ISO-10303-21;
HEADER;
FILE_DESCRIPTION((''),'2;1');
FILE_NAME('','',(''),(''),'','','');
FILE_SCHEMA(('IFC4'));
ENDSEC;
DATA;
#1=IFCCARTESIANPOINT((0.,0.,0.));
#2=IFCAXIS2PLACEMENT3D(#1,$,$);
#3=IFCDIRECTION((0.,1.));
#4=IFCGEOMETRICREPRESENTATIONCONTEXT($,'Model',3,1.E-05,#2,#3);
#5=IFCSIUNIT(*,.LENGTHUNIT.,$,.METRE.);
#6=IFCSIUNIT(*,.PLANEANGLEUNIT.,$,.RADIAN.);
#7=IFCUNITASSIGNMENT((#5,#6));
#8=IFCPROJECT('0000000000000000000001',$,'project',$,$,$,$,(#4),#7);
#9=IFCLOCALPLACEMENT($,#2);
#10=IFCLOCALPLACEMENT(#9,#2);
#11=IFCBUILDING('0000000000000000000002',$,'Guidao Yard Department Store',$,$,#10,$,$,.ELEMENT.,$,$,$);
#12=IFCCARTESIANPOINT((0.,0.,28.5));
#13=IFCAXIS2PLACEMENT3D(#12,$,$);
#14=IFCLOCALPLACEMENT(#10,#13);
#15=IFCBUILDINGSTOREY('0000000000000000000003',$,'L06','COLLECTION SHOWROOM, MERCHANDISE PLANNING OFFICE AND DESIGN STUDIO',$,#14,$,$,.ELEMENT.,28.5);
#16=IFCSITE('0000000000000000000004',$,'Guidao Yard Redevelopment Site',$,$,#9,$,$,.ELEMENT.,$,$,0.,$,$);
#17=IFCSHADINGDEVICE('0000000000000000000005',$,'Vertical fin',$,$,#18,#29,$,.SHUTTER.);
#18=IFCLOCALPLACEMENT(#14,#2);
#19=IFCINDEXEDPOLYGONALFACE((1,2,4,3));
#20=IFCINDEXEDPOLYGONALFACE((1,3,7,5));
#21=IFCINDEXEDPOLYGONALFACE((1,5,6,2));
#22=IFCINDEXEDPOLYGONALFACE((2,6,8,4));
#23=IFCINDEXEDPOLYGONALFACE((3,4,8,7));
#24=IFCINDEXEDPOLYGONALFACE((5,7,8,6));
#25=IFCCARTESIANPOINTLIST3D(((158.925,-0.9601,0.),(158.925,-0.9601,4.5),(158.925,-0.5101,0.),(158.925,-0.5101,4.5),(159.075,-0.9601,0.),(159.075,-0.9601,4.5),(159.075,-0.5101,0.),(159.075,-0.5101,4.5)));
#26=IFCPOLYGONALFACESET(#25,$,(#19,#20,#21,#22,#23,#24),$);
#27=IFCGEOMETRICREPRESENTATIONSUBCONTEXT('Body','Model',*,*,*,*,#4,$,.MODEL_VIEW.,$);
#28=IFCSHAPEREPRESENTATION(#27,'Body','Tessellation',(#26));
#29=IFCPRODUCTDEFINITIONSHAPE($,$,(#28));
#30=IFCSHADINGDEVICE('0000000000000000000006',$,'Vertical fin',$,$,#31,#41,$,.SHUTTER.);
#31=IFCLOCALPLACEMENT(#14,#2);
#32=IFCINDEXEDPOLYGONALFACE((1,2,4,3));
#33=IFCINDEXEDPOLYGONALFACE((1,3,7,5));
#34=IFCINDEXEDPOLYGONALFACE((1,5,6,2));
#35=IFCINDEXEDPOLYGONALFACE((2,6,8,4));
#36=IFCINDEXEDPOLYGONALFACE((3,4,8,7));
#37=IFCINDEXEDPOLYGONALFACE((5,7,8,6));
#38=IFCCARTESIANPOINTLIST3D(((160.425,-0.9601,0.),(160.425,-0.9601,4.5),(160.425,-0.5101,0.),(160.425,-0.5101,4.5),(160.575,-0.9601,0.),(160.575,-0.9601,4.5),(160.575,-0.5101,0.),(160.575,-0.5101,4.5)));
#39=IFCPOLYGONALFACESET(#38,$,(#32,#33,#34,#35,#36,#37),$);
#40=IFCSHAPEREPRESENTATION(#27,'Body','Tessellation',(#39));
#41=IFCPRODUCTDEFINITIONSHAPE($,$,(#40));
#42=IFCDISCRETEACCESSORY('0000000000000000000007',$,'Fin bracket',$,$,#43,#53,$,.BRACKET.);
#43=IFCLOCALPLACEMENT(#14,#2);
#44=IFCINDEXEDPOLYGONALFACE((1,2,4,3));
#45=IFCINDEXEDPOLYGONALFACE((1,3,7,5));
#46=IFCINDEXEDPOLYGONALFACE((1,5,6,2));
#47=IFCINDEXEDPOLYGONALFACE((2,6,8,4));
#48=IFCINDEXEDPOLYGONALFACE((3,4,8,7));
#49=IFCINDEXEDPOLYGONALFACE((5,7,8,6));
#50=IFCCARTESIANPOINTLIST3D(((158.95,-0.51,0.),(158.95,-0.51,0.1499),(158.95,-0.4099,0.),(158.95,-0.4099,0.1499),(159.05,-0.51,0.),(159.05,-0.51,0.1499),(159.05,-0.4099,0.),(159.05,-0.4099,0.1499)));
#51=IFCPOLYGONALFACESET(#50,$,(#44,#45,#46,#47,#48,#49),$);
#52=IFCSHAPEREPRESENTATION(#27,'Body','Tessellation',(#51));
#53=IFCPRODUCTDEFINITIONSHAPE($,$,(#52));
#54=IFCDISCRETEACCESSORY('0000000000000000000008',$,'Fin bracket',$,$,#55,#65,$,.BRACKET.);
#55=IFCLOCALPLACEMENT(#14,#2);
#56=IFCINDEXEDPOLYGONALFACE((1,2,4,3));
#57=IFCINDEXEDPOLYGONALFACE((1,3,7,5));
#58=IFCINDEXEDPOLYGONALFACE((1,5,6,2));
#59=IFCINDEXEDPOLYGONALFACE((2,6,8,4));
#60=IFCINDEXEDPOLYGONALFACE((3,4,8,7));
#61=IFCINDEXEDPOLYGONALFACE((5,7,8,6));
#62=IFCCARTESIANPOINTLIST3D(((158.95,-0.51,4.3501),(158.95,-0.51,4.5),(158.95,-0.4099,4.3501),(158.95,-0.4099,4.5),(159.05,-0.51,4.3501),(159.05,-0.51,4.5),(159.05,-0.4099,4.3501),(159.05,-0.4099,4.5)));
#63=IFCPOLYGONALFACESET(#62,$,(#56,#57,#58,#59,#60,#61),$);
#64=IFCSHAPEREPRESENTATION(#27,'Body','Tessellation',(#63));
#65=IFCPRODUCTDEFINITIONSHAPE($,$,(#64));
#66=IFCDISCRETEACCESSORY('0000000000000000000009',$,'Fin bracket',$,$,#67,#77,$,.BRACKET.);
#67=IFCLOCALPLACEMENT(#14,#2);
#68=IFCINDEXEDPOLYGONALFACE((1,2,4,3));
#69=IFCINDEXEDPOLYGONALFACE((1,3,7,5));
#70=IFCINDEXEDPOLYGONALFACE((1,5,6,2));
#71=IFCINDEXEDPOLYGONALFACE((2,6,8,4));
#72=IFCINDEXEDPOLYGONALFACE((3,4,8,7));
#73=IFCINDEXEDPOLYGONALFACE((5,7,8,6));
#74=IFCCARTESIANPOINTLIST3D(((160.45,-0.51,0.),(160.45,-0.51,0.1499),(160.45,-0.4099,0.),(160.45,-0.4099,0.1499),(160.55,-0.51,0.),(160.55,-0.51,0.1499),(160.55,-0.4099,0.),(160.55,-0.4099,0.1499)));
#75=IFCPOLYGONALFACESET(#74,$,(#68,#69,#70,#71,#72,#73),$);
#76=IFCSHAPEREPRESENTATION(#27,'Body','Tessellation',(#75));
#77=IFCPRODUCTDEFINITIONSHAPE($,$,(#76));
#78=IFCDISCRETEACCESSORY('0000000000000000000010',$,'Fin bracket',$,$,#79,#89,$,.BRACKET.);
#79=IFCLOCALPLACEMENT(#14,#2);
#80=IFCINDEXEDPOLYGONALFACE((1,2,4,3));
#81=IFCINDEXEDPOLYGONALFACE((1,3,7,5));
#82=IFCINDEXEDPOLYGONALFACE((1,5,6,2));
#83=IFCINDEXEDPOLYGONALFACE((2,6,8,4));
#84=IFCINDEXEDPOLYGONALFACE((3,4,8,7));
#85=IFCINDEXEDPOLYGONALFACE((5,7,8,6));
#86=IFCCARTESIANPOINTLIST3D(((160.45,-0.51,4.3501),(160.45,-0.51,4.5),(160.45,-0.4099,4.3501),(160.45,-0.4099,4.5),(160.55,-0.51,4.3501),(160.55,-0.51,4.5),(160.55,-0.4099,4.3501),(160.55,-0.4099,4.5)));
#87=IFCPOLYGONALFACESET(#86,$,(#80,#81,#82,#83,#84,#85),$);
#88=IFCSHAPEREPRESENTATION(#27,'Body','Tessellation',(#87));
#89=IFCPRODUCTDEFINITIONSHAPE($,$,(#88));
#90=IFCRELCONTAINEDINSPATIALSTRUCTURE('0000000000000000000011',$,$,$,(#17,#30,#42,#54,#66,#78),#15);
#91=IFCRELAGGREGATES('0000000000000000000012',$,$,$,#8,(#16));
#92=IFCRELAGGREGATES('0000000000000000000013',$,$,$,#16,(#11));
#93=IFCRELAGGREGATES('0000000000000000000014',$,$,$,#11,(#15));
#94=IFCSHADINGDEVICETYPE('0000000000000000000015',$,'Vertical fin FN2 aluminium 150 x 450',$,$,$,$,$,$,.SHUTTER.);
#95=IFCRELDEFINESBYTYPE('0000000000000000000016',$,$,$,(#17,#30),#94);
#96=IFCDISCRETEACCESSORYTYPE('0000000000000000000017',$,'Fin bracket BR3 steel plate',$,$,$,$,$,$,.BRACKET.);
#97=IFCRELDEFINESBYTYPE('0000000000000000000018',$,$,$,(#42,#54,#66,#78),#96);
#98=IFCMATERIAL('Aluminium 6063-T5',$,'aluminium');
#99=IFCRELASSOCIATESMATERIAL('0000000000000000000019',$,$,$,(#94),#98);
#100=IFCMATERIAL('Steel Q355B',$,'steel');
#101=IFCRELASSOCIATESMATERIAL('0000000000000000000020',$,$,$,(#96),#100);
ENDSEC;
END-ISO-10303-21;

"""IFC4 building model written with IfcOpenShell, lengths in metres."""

from ifc_helpers import new_model, si_unit, direction, frame, origin, origin_2d, place, context, subcontext, project, spatial, rectangle, extrude, material, type_object, element, save


model = new_model("IFC4")

# Units and contexts
model_context = context("Model", 3, precision=1e-05, world=origin(), true_north=direction((0.0, 1.0)))
body_context = subcontext(model_context, "Body", "Model", "MODEL_VIEW")
ifc_project = project(units=[si_unit("LENGTHUNIT", "METRE"), si_unit("PLANEANGLEUNIT", "RADIAN")], contexts=[model_context])

# Site, building, storey
site_placement = place(None, origin())
site = spatial("IfcSite", under=ifc_project, at=site_placement, Name="Guidao Yard Redevelopment Site", CompositionType="ELEMENT", RefElevation=0.0)
building_placement = place(site_placement, origin())
building = spatial("IfcBuilding", under=site, at=building_placement, Name="Guidao Yard Department Store", CompositionType="ELEMENT")
storey_placement = place(building_placement, frame((0.0, 0.0, 28.5)))
storey = spatial("IfcBuildingStorey", under=building, at=storey_placement, Name="L06", Description="COLLECTION SHOWROOM, MERCHANDISE PLANNING OFFICE AND DESIGN STUDIO", CompositionType="ELEMENT", Elevation=28.5)

# Shading devices
ifc_material_1 = material(Name="Aluminium 6063-T5", Category="aluminium")
shading_device_type = type_object("IfcShadingDeviceType", Name="Vertical fin FN2 aluminium 150 x 450", PredefinedType="SHUTTER", material=ifc_material_1)
for number, where, z_axis, x_axis, name in (
    (1, (159.0, -0.7351, 0.0), (0.0, 0.0, 1.0), (-1.0, 0.0, 0.0), "Vertical fin"),
    (2, (160.5, -0.7351, 0.0), (0.0, 0.0, 1.0), (-1.0, 0.0, 0.0), "Vertical fin"),
):
    element("IfcShadingDevice", number, at=place(storey_placement, frame(where, z_axis=z_axis, x_axis=x_axis)), inside=storey, type_object=shading_device_type, Name=name, PredefinedType="SHUTTER", context=body_context, shape_type="SweptSolid", body=[
        extrude(rectangle(XDim=0.1499, YDim=0.45, at=origin_2d()), origin(), (0.0, 0.0, 1.0), 4.5),
    ])

# Discrete accessories
ifc_material_2 = material(Name="Steel Q355B", Category="steel")
discrete_accessory_type = type_object("IfcDiscreteAccessoryType", Name="Fin bracket BR3 steel plate", PredefinedType="BRACKET", material=ifc_material_2)
for number, where, z_axis, x_axis, name in (
    (3, (159.0, -0.46, 0.0), (0.0, 0.0, 1.0), (-1.0, 0.0, 0.0), "Fin bracket"),
    (4, (159.0, -0.46, 4.3501), (0.0, 0.0, 1.0), (-1.0, 0.0, 0.0), "Fin bracket"),
    (5, (160.5, -0.46, 0.0), (0.0, 0.0, 1.0), (-1.0, 0.0, 0.0), "Fin bracket"),
    (6, (160.5, -0.46, 4.3501), (0.0, 0.0, 1.0), (-1.0, 0.0, 0.0), "Fin bracket"),
):
    element("IfcDiscreteAccessory", number, at=place(storey_placement, frame(where, z_axis=z_axis, x_axis=x_axis)), inside=storey, type_object=discrete_accessory_type, Name=name, PredefinedType="BRACKET", context=body_context, shape_type="SweptSolid", body=[
        extrude(rectangle(XDim=0.1001, YDim=0.1001, at=origin_2d()), origin(), (0.0, 0.0, 1.0), 0.1499),
    ])

save(model, "model.ifc")
